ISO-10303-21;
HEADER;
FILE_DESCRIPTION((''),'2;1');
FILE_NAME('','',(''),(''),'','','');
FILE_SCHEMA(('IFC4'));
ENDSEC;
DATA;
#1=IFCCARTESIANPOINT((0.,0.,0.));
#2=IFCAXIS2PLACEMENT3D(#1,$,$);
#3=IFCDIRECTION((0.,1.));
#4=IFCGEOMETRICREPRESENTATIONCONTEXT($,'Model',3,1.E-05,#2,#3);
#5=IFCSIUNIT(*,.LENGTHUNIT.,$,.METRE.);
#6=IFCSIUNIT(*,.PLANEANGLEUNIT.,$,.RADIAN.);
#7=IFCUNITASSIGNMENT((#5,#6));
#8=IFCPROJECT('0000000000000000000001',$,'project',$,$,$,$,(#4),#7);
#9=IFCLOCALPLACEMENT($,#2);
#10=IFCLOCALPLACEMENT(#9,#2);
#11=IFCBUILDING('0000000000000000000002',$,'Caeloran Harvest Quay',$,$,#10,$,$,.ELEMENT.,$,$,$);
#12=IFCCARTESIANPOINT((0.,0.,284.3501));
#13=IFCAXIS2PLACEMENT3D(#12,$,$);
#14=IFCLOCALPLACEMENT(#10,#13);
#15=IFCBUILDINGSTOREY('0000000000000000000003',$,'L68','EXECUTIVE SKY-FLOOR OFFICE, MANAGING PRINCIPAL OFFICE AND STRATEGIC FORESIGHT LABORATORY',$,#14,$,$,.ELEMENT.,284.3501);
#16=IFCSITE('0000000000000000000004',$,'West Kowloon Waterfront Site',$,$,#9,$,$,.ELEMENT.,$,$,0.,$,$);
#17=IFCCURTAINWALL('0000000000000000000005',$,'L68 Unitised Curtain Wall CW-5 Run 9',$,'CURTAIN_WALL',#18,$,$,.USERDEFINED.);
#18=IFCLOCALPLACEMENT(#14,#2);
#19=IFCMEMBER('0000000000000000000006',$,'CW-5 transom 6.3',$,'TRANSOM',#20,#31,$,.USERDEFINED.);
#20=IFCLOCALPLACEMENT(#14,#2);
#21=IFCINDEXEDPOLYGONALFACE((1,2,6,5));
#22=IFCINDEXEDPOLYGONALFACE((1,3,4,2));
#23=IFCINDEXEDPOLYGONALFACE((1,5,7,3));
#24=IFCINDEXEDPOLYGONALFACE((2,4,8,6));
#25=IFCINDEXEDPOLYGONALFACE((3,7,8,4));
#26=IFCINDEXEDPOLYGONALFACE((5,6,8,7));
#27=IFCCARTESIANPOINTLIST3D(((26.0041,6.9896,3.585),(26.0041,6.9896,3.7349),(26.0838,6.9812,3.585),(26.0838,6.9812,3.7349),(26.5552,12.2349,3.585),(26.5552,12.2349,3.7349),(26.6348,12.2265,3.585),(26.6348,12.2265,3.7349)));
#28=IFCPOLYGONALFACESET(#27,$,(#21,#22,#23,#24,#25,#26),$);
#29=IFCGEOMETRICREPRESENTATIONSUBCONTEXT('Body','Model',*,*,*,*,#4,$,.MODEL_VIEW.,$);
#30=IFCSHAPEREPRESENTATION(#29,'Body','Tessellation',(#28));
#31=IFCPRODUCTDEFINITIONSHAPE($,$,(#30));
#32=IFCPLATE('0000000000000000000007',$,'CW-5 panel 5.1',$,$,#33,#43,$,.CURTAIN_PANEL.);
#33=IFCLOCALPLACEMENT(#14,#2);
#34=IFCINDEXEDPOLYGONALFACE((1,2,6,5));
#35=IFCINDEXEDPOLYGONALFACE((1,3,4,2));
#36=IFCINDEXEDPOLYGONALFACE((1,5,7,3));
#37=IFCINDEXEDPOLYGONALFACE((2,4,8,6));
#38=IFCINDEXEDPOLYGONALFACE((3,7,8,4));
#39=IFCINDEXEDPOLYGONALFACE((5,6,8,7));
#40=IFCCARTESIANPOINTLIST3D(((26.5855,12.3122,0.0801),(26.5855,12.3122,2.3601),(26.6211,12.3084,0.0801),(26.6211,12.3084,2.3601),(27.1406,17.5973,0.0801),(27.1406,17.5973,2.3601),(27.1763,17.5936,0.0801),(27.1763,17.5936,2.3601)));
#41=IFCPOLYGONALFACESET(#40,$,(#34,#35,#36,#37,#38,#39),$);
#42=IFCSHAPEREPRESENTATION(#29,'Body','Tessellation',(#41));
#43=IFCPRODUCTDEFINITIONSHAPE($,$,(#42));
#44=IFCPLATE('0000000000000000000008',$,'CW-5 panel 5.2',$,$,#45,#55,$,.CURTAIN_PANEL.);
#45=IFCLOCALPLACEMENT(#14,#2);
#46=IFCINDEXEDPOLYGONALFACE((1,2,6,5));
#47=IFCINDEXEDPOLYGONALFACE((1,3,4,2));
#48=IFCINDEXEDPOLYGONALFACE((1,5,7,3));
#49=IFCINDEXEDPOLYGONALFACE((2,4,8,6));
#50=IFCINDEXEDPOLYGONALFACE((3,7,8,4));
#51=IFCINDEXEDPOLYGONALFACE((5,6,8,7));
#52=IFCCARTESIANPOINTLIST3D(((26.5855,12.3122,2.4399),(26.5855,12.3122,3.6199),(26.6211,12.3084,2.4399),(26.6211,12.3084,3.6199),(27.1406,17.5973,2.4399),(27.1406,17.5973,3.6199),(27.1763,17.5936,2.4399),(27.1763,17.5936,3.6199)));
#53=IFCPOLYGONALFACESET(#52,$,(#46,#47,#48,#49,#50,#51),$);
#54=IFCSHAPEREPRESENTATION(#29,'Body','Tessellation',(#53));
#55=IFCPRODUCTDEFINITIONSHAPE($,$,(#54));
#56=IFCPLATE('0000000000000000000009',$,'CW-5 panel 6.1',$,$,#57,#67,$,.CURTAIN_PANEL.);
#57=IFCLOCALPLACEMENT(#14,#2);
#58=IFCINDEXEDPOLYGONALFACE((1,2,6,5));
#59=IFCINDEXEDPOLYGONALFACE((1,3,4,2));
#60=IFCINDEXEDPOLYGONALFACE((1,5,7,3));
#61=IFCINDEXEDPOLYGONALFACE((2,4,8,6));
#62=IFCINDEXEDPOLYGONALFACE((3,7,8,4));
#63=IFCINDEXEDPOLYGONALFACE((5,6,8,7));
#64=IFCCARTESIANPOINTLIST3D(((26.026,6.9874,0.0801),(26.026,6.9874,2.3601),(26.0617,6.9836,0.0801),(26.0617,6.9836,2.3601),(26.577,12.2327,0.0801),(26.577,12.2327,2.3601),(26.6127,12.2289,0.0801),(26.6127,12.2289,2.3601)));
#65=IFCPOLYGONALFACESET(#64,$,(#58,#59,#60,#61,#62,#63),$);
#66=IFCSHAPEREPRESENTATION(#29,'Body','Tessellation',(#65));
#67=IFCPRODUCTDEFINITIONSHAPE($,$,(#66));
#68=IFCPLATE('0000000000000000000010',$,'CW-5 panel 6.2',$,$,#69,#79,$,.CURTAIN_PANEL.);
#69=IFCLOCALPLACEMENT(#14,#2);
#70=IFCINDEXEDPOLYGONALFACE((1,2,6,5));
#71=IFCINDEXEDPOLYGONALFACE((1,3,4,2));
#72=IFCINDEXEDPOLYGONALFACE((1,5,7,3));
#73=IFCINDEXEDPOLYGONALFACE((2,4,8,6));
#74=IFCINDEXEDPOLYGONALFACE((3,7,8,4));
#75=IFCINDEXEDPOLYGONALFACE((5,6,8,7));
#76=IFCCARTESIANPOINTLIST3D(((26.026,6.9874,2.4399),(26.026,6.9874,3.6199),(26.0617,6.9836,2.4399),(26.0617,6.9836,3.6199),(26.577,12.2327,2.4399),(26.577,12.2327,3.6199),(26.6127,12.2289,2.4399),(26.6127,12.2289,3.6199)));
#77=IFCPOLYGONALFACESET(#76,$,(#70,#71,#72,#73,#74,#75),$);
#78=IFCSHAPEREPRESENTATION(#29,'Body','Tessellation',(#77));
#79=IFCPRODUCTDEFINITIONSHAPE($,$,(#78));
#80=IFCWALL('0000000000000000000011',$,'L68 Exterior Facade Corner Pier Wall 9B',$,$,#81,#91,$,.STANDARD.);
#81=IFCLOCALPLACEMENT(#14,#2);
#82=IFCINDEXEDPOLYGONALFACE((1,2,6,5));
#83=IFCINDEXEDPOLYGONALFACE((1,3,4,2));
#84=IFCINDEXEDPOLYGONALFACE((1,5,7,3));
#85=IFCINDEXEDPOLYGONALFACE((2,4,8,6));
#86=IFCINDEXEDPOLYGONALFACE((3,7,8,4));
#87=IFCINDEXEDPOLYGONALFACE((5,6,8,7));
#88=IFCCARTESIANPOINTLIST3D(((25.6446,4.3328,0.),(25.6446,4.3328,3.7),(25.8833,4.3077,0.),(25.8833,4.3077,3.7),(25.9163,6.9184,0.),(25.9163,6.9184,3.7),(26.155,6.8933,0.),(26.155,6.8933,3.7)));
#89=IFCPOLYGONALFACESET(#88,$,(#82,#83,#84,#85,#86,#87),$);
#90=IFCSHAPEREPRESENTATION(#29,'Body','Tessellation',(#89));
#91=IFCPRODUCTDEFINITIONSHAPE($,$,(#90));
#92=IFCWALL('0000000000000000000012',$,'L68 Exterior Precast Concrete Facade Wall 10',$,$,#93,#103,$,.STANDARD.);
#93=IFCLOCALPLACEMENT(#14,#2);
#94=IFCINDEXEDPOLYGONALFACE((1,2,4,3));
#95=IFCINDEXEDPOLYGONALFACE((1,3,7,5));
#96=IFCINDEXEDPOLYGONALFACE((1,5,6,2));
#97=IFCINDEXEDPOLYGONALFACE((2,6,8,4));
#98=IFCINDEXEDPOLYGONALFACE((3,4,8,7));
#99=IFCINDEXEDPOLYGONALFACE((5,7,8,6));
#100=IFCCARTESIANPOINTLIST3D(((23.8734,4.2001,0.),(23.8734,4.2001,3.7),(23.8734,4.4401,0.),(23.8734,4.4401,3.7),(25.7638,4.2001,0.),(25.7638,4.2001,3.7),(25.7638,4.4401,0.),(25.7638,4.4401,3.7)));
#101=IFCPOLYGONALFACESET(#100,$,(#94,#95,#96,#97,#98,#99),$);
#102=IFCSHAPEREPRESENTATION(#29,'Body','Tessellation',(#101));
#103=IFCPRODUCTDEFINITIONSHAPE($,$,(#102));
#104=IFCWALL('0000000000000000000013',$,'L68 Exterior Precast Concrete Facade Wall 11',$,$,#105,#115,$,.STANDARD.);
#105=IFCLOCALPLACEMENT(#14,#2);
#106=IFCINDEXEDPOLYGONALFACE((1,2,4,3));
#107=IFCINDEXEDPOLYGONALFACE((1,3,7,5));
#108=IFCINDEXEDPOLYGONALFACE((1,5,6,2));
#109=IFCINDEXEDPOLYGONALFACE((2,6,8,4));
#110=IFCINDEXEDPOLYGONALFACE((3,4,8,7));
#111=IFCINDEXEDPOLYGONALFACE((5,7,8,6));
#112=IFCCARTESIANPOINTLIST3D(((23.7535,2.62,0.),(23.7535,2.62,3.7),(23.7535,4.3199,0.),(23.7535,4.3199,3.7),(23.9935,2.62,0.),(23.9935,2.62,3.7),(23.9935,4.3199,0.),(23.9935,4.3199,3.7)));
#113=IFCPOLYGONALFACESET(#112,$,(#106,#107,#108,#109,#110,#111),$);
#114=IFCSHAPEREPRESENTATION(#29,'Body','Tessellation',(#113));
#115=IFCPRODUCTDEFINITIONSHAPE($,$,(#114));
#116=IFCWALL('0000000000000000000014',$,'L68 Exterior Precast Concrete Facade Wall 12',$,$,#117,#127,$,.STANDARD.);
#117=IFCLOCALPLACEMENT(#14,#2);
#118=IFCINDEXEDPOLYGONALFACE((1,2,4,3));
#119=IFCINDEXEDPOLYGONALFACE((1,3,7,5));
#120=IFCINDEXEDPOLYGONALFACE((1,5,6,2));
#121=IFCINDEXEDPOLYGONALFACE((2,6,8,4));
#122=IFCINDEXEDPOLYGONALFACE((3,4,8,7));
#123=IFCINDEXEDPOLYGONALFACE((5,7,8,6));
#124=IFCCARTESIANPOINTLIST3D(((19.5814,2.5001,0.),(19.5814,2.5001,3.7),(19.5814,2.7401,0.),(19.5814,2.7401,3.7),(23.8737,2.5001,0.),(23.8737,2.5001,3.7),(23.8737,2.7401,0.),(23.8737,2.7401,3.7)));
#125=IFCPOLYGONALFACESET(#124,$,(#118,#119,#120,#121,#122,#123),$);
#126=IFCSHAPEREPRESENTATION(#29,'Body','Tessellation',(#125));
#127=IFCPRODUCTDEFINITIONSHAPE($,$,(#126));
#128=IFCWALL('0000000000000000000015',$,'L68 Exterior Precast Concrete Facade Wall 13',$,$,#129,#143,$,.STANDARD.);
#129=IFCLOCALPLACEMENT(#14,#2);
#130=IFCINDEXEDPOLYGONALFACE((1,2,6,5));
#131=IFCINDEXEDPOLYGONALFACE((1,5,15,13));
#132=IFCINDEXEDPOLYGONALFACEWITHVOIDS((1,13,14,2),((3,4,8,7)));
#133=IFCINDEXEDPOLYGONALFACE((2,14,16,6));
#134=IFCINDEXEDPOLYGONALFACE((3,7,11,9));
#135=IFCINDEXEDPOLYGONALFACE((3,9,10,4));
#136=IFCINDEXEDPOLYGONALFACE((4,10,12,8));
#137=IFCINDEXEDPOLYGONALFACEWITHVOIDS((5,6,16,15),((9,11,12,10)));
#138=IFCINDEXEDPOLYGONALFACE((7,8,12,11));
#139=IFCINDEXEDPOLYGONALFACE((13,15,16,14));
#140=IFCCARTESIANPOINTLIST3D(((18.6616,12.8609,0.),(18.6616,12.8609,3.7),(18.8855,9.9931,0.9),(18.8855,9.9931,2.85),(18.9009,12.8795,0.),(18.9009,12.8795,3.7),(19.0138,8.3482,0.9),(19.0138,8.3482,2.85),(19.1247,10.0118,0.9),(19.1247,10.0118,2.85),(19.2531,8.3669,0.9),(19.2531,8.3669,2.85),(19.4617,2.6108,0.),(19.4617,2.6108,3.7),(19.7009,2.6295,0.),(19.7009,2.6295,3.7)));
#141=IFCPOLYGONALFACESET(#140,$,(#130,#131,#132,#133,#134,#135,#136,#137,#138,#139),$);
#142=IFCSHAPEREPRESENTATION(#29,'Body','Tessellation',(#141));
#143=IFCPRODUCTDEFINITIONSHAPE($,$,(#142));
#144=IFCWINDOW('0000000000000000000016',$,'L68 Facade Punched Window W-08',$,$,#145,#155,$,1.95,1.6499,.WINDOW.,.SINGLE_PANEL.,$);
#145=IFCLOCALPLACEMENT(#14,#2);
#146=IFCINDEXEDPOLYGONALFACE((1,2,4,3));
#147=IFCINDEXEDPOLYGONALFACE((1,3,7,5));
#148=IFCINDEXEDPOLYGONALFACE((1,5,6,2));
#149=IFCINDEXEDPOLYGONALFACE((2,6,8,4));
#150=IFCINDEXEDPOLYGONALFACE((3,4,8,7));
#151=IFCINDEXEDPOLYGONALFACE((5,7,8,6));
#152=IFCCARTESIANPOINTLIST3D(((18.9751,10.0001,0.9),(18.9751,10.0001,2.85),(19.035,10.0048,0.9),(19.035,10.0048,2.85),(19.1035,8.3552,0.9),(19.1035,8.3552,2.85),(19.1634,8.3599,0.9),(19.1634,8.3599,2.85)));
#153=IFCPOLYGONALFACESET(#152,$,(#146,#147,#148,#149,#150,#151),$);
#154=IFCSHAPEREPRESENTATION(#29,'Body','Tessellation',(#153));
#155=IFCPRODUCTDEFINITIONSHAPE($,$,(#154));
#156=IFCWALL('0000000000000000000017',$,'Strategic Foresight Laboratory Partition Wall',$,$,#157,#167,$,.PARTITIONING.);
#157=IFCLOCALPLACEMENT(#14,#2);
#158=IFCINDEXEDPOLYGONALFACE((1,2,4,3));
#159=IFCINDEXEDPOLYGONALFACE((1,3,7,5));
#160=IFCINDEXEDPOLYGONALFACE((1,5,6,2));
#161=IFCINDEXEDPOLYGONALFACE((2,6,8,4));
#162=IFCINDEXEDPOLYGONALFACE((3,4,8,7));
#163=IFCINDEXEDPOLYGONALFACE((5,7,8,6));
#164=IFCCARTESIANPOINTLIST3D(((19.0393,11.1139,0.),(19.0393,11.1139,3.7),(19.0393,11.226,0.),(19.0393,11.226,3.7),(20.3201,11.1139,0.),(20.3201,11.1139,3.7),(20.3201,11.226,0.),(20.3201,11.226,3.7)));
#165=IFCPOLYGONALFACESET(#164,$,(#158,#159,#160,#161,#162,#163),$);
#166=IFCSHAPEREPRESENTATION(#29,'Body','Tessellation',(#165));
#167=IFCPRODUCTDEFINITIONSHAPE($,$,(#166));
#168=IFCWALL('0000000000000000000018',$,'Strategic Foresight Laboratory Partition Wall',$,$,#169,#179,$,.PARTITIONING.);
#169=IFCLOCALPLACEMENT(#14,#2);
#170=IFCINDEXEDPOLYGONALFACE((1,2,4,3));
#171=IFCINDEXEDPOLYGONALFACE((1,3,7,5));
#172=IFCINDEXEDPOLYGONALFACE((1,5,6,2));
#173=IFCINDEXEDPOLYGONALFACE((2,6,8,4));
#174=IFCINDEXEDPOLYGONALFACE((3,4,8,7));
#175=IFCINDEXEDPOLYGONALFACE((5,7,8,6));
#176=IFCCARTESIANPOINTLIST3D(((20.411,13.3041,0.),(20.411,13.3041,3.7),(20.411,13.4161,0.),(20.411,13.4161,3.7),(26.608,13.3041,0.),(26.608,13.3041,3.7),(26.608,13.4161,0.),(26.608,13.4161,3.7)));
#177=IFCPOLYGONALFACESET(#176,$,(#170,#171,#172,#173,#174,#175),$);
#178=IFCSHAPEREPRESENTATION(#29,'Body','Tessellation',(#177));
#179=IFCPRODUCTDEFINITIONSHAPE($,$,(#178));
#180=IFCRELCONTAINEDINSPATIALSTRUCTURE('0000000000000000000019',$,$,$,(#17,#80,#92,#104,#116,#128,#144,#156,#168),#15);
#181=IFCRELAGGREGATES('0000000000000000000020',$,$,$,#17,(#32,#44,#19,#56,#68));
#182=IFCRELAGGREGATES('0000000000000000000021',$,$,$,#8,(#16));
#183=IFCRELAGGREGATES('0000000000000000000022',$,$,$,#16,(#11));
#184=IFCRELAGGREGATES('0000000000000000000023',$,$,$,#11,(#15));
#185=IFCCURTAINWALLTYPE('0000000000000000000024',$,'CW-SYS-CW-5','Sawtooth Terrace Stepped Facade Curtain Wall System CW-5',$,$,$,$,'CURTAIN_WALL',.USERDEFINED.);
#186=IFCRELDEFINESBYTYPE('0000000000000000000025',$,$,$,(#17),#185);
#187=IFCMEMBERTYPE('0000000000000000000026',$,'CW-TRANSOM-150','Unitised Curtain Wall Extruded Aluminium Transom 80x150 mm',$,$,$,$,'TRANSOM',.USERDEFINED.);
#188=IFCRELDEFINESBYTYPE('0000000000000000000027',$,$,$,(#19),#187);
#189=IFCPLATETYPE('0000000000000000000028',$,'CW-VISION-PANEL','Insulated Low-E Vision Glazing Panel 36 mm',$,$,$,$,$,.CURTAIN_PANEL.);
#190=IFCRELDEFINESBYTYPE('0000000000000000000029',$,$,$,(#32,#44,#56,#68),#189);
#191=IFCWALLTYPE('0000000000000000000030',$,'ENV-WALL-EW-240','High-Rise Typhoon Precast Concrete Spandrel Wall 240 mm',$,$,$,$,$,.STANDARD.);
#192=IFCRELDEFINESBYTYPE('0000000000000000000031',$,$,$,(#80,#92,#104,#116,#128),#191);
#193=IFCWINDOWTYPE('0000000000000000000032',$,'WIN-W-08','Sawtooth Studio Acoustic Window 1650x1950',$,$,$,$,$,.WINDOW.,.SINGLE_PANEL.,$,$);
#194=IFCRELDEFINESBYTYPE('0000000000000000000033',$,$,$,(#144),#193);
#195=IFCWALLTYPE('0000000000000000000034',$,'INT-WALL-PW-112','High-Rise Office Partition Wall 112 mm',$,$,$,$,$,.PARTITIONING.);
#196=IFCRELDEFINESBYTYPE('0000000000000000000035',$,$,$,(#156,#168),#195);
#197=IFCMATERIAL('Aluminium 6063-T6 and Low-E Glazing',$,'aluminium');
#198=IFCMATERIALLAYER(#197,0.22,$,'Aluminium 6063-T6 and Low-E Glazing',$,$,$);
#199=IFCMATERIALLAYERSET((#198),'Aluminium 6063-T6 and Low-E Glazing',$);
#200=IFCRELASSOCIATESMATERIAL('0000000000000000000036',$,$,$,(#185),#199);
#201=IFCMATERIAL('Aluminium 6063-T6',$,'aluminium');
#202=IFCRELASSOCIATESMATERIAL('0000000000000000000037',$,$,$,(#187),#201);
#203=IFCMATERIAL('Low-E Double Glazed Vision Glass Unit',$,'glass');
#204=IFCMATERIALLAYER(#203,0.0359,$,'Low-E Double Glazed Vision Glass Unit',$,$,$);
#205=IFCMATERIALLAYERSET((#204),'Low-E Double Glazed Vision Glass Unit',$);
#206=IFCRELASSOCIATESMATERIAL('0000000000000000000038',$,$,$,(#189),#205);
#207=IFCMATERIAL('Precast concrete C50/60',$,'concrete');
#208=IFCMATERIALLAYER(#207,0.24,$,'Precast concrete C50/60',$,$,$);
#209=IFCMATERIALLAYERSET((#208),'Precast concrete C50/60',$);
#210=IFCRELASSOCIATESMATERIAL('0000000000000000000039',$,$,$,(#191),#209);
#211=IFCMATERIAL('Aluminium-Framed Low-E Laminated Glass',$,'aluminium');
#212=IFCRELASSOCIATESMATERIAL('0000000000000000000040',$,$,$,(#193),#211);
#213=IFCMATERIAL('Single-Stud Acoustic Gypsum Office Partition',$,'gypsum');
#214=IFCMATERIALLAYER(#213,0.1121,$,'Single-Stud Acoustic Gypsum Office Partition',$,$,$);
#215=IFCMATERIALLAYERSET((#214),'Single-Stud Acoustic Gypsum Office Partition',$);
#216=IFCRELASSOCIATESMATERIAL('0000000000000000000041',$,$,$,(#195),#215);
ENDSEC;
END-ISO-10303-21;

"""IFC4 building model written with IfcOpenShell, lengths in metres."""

from ifc_helpers import new_model, si_unit, direction, frame, frame_2d, origin, origin_2d, place, context, subcontext, project, spatial, rectangle, extrude, material, layer, layer_set, material_profile, profile_set, type_object, element, fill, aggregate, save


model = new_model("IFC4")

# Units and contexts
model_context = context("Model", 3, precision=1e-05, world=origin(), true_north=direction((0.0, 1.0)))
body_context = subcontext(model_context, "Body", "Model", "MODEL_VIEW")
ifc_project = project(units=[si_unit("LENGTHUNIT", "METRE"), si_unit("PLANEANGLEUNIT", "RADIAN")], contexts=[model_context])

# Site, building, storey
site_placement = place(None, origin())
site = spatial("IfcSite", under=ifc_project, at=site_placement, Name="West Kowloon Waterfront Site", CompositionType="ELEMENT", RefElevation=0.0)
building_placement = place(site_placement, origin())
building = spatial("IfcBuilding", under=site, at=building_placement, Name="Caeloran Harvest Quay", CompositionType="ELEMENT")
storey_placement = place(building_placement, frame((0.0, 0.0, 284.3501)))
storey = spatial("IfcBuildingStorey", under=building, at=storey_placement, Name="L68", Description="EXECUTIVE SKY-FLOOR OFFICE, MANAGING PRINCIPAL OFFICE AND STRATEGIC FORESIGHT LABORATORY", CompositionType="ELEMENT", Elevation=284.3501)

# Curtain wall, member, plates
ifc_material_1 = material(Name="Aluminium 6063-T6 and Low-E Glazing", Category="aluminium")
ifc_layer_1 = layer(ifc_material_1, 0.22, Name="Aluminium 6063-T6 and Low-E Glazing")
ifc_layer_set_1 = layer_set([ifc_layer_1], Name="Aluminium 6063-T6 and Low-E Glazing")
curtain_wall_type = type_object("IfcCurtainWallType", Name="CW-SYS-CW-5", Description="Sawtooth Terrace Stepped Facade Curtain Wall System CW-5", ElementType="CURTAIN_WALL", PredefinedType="USERDEFINED", material=ifc_layer_set_1)
curtain_wall_placement = place(storey_placement, origin())
curtain_wall = element("IfcCurtainWall", 1, at=curtain_wall_placement, inside=storey, type_object=curtain_wall_type, Name="L68 Unitised Curtain Wall CW-5 Run 9", ObjectType="CURTAIN_WALL", PredefinedType="USERDEFINED")
ifc_material_2 = material(Name="Aluminium 6063-T6", Category="aluminium")
ifc_material_profile_1 = material_profile(ifc_material_2, rectangle(XDim=0.0801, YDim=0.1499, at=origin_2d()), Name="CW-TRANSOM-150")
ifc_profile_set_1 = profile_set([ifc_material_profile_1], Name="Aluminium 6063-T6")
member_type_1 = type_object("IfcMemberType", Name="CW-TRANSOM-150", Description="Unitised Curtain Wall Extruded Aluminium Transom 80x150 mm", ElementType="TRANSOM", PredefinedType="USERDEFINED", material=ifc_profile_set_1)
member_1_placement = place(storey_placement, frame((26.595, 12.2307, 3.6599), z_axis=(-0.104475, -0.994527, 0.0), x_axis=(0.994527, -0.104475, 0.0)))
member_1 = element("IfcMember", 2, at=member_1_placement, type_object=member_type_1, Name="CW-5 transom 6.3", ObjectType="TRANSOM", PredefinedType="USERDEFINED", context=body_context, shape_type="SweptSolid", body=[
    extrude(rectangle(XDim=0.0801, YDim=0.1499, at=origin_2d()), origin(), (0.0, 0.0, 1.0), 5.2742),
])
ifc_material_3 = material(Name="Low-E Double Glazed Vision Glass Unit", Category="glass")
ifc_layer_2 = layer(ifc_material_3, 0.0359, Name="Low-E Double Glazed Vision Glass Unit")
ifc_layer_set_2 = layer_set([ifc_layer_2], Name="Low-E Double Glazed Vision Glass Unit")
plate_type = type_object("IfcPlateType", Name="CW-VISION-PANEL", Description="Insulated Low-E Vision Glazing Panel 36 mm", PredefinedType="CURTAIN_PANEL", material=ifc_layer_set_2)
plate_1_placement = place(storey_placement, frame((26.8809, 14.9529, 0.0801), z_axis=(0.0, 0.0, 1.0), x_axis=(-0.10446, -0.994529, 0.0)))
plate_1 = element("IfcPlate", 3, at=plate_1_placement, type_object=plate_type, Name="CW-5 panel 5.1", PredefinedType="CURTAIN_PANEL", context=body_context, shape_type="SweptSolid", body=[
    extrude(rectangle(XDim=5.3142, YDim=0.0359, at=origin_2d()), origin(), (0.0, 0.0, 1.0), 2.28),
])
plate_2_placement = place(storey_placement, frame((26.8809, 14.9529, 2.4399), z_axis=(0.0, 0.0, 1.0), x_axis=(-0.10446, -0.994529, 0.0)))
plate_2 = element("IfcPlate", 4, at=plate_2_placement, type_object=plate_type, Name="CW-5 panel 5.2", PredefinedType="CURTAIN_PANEL", context=body_context, shape_type="SweptSolid", body=[
    extrude(rectangle(XDim=5.3142, YDim=0.0359, at=origin_2d()), origin(), (0.0, 0.0, 1.0), 1.1799),
])
plate_3_placement = place(storey_placement, frame((26.3193, 9.6082, 0.0801), z_axis=(0.0, 0.0, 1.0), x_axis=(-0.10446, -0.994529, 0.0)))
plate_3 = element("IfcPlate", 5, at=plate_3_placement, type_object=plate_type, Name="CW-5 panel 6.1", PredefinedType="CURTAIN_PANEL", context=body_context, shape_type="SweptSolid", body=[
    extrude(rectangle(XDim=5.2742, YDim=0.0359, at=origin_2d()), origin(), (0.0, 0.0, 1.0), 2.28),
])
plate_4_placement = place(storey_placement, frame((26.3193, 9.6082, 2.4399), z_axis=(0.0, 0.0, 1.0), x_axis=(-0.10446, -0.994529, 0.0)))
plate_4 = element("IfcPlate", 6, at=plate_4_placement, type_object=plate_type, Name="CW-5 panel 6.2", PredefinedType="CURTAIN_PANEL", context=body_context, shape_type="SweptSolid", body=[
    extrude(rectangle(XDim=5.2742, YDim=0.0359, at=origin_2d()), origin(), (0.0, 0.0, 1.0), 1.1799),
])
aggregate(curtain_wall, [plate_1, plate_2, member_1, plate_3, plate_4])

# Walls
ifc_material_4 = material(Name="Precast concrete C50/60", Category="concrete")
ifc_layer_3 = layer(ifc_material_4, 0.24, Name="Precast concrete C50/60")
ifc_layer_set_3 = layer_set([ifc_layer_3], Name="Precast concrete C50/60")
wall_type_1 = type_object("IfcWallType", Name="ENV-WALL-EW-240", Description="High-Rise Typhoon Precast Concrete Spandrel Wall 240 mm", PredefinedType="STANDARD", material=ifc_layer_set_3)
wall_1_placement = place(storey_placement, frame((26.0356, 6.9058, 0.0), z_axis=(0.0, 0.0, 1.0), x_axis=(-0.104514, -0.994523, 0.0)))
element("IfcWall", 7, at=wall_1_placement, inside=storey, type_object=wall_type_1, Name="L68 Exterior Facade Corner Pier Wall 9B", PredefinedType="STANDARD", context=body_context, shape_type="SweptSolid", body=[
    extrude(rectangle(XDim=2.5999, YDim=0.24, at=frame_2d((1.2998, 0.0))), origin(), (0.0, 0.0, 1.0), 3.7),
])
wall_2_placement = place(storey_placement, frame((25.7639, 4.3201, 0.0), z_axis=(0.0, 0.0, 1.0), x_axis=(-1.0, 0.0, 0.0)))
element("IfcWall", 8, at=wall_2_placement, inside=storey, type_object=wall_type_1, Name="L68 Exterior Precast Concrete Facade Wall 10", PredefinedType="STANDARD", context=body_context, shape_type="SweptSolid", body=[
    extrude(rectangle(XDim=1.8904, YDim=0.24, at=frame_2d((0.9453, 0.0))), origin(), (0.0, 0.0, 1.0), 3.7),
])
wall_3_placement = place(storey_placement, frame((23.8735, 4.3201, 0.0), z_axis=(0.0, 0.0, 1.0), x_axis=(0.0, -1.0, 0.0)))
element("IfcWall", 9, at=wall_3_placement, inside=storey, type_object=wall_type_1, Name="L68 Exterior Precast Concrete Facade Wall 11", PredefinedType="STANDARD", context=body_context, shape_type="SweptSolid", body=[
    extrude(rectangle(XDim=1.7, YDim=0.24, at=frame_2d((0.8501, 0.0))), origin(), (0.0, 0.0, 1.0), 3.7),
])
wall_4_placement = place(storey_placement, frame((23.8735, 2.6201, 0.0), z_axis=(0.0, 0.0, 1.0), x_axis=(-1.0, 0.0, 0.0)))
element("IfcWall", 10, at=wall_4_placement, inside=storey, type_object=wall_type_1, Name="L68 Exterior Precast Concrete Facade Wall 12", PredefinedType="STANDARD", context=body_context, shape_type="SweptSolid", body=[
    extrude(rectangle(XDim=4.2922, YDim=0.24, at=frame_2d((2.146, 0.0))), origin(), (0.0, 0.0, 1.0), 3.7),
])

# Wall, opening, window
wall_5_placement = place(storey_placement, frame((19.5813, 2.6201, 0.0), z_axis=(0.0, 0.0, 1.0), x_axis=(-0.077817, 0.996968, 0.0)))
wall_5 = element("IfcWall", 11, at=wall_5_placement, inside=storey, type_object=wall_type_1, Name="L68 Exterior Precast Concrete Facade Wall 13", PredefinedType="STANDARD", context=body_context, shape_type="SweptSolid", body=[
    extrude(rectangle(XDim=10.2812, YDim=0.24, at=frame_2d((5.1406, 0.0))), origin(), (0.0, 0.0, 1.0), 3.7),
])
opening_1_placement = place(wall_5_placement, frame((5.7549, 0.0, 0.8999)))
opening_1 = element("IfcOpeningElement", 12, at=opening_1_placement, cuts=wall_5, PredefinedType="OPENING", context=body_context, shape_type="SweptSolid", body=[
    extrude(rectangle(XDim=1.6499, YDim=1.95, at=frame_2d((0.825, 0.9751))), frame((0.0, 0.1299, 0.0), z_axis=(0.0, -1.0, 0.0), x_axis=(1.0, 0.0, 0.0)), (0.0, 0.0, 1.0), 0.26),
])
ifc_material_5 = material(Name="Aluminium-Framed Low-E Laminated Glass", Category="aluminium")
window_type = type_object("IfcWindowType", Name="WIN-W-08", Description="Sawtooth Studio Acoustic Window 1650x1950", PartitioningType="SINGLE_PANEL", PredefinedType="WINDOW", material=ifc_material_5)
window_placement = place(opening_1_placement, origin())
window = element("IfcWindow", 13, at=window_placement, inside=storey, type_object=window_type, Name="L68 Facade Punched Window W-08", OverallHeight=1.95, OverallWidth=1.6499, PartitioningType="SINGLE_PANEL", PredefinedType="WINDOW", context=body_context, shape_type="SweptSolid", body=[
    extrude(rectangle(XDim=1.6499, YDim=1.95, at=frame_2d((0.825, 0.9751))), frame((0.0, 0.03, 0.0), z_axis=(0.0, -1.0, 0.0), x_axis=(1.0, 0.0, 0.0)), (0.0, 0.0, 1.0), 0.0601),
])
fill(opening_1, window)

# Wall
ifc_material_6 = material(Name="Single-Stud Acoustic Gypsum Office Partition", Category="gypsum")
ifc_layer_4 = layer(ifc_material_6, 0.1121, Name="Single-Stud Acoustic Gypsum Office Partition")
ifc_layer_set_4 = layer_set([ifc_layer_4], Name="Single-Stud Acoustic Gypsum Office Partition")
wall_type_2 = type_object("IfcWallType", Name="INT-WALL-PW-112", Description="High-Rise Office Partition Wall 112 mm", PredefinedType="PARTITIONING", material=ifc_layer_set_4)
wall_6_placement = place(storey_placement, frame((19.0393, 11.1699, 0.0), z_axis=(0.0, 0.0, 1.0), x_axis=(1.0, 0.0, 0.0)))
element("IfcWall", 14, at=wall_6_placement, inside=storey, type_object=wall_type_2, Name="Strategic Foresight Laboratory Partition Wall", PredefinedType="PARTITIONING", context=body_context, shape_type="SweptSolid", body=[
    extrude(rectangle(XDim=1.2808, YDim=0.1121, at=frame_2d((0.6404, 0.0))), origin(), (0.0, 0.0, 1.0), 3.7),
])

# Wall
wall_7_placement = place(storey_placement, frame((20.4109, 13.3601, 0.0), z_axis=(0.0, 0.0, 1.0), x_axis=(1.0, 0.0, 0.0)))
element("IfcWall", 15, at=wall_7_placement, inside=storey, type_object=wall_type_2, Name="Strategic Foresight Laboratory Partition Wall", PredefinedType="PARTITIONING", context=body_context, shape_type="SweptSolid", body=[
    extrude(rectangle(XDim=6.197, YDim=0.1121, at=frame_2d((3.0986, 0.0))), origin(), (0.0, 0.0, 1.0), 3.7),
])

save(model, "model.ifc")
